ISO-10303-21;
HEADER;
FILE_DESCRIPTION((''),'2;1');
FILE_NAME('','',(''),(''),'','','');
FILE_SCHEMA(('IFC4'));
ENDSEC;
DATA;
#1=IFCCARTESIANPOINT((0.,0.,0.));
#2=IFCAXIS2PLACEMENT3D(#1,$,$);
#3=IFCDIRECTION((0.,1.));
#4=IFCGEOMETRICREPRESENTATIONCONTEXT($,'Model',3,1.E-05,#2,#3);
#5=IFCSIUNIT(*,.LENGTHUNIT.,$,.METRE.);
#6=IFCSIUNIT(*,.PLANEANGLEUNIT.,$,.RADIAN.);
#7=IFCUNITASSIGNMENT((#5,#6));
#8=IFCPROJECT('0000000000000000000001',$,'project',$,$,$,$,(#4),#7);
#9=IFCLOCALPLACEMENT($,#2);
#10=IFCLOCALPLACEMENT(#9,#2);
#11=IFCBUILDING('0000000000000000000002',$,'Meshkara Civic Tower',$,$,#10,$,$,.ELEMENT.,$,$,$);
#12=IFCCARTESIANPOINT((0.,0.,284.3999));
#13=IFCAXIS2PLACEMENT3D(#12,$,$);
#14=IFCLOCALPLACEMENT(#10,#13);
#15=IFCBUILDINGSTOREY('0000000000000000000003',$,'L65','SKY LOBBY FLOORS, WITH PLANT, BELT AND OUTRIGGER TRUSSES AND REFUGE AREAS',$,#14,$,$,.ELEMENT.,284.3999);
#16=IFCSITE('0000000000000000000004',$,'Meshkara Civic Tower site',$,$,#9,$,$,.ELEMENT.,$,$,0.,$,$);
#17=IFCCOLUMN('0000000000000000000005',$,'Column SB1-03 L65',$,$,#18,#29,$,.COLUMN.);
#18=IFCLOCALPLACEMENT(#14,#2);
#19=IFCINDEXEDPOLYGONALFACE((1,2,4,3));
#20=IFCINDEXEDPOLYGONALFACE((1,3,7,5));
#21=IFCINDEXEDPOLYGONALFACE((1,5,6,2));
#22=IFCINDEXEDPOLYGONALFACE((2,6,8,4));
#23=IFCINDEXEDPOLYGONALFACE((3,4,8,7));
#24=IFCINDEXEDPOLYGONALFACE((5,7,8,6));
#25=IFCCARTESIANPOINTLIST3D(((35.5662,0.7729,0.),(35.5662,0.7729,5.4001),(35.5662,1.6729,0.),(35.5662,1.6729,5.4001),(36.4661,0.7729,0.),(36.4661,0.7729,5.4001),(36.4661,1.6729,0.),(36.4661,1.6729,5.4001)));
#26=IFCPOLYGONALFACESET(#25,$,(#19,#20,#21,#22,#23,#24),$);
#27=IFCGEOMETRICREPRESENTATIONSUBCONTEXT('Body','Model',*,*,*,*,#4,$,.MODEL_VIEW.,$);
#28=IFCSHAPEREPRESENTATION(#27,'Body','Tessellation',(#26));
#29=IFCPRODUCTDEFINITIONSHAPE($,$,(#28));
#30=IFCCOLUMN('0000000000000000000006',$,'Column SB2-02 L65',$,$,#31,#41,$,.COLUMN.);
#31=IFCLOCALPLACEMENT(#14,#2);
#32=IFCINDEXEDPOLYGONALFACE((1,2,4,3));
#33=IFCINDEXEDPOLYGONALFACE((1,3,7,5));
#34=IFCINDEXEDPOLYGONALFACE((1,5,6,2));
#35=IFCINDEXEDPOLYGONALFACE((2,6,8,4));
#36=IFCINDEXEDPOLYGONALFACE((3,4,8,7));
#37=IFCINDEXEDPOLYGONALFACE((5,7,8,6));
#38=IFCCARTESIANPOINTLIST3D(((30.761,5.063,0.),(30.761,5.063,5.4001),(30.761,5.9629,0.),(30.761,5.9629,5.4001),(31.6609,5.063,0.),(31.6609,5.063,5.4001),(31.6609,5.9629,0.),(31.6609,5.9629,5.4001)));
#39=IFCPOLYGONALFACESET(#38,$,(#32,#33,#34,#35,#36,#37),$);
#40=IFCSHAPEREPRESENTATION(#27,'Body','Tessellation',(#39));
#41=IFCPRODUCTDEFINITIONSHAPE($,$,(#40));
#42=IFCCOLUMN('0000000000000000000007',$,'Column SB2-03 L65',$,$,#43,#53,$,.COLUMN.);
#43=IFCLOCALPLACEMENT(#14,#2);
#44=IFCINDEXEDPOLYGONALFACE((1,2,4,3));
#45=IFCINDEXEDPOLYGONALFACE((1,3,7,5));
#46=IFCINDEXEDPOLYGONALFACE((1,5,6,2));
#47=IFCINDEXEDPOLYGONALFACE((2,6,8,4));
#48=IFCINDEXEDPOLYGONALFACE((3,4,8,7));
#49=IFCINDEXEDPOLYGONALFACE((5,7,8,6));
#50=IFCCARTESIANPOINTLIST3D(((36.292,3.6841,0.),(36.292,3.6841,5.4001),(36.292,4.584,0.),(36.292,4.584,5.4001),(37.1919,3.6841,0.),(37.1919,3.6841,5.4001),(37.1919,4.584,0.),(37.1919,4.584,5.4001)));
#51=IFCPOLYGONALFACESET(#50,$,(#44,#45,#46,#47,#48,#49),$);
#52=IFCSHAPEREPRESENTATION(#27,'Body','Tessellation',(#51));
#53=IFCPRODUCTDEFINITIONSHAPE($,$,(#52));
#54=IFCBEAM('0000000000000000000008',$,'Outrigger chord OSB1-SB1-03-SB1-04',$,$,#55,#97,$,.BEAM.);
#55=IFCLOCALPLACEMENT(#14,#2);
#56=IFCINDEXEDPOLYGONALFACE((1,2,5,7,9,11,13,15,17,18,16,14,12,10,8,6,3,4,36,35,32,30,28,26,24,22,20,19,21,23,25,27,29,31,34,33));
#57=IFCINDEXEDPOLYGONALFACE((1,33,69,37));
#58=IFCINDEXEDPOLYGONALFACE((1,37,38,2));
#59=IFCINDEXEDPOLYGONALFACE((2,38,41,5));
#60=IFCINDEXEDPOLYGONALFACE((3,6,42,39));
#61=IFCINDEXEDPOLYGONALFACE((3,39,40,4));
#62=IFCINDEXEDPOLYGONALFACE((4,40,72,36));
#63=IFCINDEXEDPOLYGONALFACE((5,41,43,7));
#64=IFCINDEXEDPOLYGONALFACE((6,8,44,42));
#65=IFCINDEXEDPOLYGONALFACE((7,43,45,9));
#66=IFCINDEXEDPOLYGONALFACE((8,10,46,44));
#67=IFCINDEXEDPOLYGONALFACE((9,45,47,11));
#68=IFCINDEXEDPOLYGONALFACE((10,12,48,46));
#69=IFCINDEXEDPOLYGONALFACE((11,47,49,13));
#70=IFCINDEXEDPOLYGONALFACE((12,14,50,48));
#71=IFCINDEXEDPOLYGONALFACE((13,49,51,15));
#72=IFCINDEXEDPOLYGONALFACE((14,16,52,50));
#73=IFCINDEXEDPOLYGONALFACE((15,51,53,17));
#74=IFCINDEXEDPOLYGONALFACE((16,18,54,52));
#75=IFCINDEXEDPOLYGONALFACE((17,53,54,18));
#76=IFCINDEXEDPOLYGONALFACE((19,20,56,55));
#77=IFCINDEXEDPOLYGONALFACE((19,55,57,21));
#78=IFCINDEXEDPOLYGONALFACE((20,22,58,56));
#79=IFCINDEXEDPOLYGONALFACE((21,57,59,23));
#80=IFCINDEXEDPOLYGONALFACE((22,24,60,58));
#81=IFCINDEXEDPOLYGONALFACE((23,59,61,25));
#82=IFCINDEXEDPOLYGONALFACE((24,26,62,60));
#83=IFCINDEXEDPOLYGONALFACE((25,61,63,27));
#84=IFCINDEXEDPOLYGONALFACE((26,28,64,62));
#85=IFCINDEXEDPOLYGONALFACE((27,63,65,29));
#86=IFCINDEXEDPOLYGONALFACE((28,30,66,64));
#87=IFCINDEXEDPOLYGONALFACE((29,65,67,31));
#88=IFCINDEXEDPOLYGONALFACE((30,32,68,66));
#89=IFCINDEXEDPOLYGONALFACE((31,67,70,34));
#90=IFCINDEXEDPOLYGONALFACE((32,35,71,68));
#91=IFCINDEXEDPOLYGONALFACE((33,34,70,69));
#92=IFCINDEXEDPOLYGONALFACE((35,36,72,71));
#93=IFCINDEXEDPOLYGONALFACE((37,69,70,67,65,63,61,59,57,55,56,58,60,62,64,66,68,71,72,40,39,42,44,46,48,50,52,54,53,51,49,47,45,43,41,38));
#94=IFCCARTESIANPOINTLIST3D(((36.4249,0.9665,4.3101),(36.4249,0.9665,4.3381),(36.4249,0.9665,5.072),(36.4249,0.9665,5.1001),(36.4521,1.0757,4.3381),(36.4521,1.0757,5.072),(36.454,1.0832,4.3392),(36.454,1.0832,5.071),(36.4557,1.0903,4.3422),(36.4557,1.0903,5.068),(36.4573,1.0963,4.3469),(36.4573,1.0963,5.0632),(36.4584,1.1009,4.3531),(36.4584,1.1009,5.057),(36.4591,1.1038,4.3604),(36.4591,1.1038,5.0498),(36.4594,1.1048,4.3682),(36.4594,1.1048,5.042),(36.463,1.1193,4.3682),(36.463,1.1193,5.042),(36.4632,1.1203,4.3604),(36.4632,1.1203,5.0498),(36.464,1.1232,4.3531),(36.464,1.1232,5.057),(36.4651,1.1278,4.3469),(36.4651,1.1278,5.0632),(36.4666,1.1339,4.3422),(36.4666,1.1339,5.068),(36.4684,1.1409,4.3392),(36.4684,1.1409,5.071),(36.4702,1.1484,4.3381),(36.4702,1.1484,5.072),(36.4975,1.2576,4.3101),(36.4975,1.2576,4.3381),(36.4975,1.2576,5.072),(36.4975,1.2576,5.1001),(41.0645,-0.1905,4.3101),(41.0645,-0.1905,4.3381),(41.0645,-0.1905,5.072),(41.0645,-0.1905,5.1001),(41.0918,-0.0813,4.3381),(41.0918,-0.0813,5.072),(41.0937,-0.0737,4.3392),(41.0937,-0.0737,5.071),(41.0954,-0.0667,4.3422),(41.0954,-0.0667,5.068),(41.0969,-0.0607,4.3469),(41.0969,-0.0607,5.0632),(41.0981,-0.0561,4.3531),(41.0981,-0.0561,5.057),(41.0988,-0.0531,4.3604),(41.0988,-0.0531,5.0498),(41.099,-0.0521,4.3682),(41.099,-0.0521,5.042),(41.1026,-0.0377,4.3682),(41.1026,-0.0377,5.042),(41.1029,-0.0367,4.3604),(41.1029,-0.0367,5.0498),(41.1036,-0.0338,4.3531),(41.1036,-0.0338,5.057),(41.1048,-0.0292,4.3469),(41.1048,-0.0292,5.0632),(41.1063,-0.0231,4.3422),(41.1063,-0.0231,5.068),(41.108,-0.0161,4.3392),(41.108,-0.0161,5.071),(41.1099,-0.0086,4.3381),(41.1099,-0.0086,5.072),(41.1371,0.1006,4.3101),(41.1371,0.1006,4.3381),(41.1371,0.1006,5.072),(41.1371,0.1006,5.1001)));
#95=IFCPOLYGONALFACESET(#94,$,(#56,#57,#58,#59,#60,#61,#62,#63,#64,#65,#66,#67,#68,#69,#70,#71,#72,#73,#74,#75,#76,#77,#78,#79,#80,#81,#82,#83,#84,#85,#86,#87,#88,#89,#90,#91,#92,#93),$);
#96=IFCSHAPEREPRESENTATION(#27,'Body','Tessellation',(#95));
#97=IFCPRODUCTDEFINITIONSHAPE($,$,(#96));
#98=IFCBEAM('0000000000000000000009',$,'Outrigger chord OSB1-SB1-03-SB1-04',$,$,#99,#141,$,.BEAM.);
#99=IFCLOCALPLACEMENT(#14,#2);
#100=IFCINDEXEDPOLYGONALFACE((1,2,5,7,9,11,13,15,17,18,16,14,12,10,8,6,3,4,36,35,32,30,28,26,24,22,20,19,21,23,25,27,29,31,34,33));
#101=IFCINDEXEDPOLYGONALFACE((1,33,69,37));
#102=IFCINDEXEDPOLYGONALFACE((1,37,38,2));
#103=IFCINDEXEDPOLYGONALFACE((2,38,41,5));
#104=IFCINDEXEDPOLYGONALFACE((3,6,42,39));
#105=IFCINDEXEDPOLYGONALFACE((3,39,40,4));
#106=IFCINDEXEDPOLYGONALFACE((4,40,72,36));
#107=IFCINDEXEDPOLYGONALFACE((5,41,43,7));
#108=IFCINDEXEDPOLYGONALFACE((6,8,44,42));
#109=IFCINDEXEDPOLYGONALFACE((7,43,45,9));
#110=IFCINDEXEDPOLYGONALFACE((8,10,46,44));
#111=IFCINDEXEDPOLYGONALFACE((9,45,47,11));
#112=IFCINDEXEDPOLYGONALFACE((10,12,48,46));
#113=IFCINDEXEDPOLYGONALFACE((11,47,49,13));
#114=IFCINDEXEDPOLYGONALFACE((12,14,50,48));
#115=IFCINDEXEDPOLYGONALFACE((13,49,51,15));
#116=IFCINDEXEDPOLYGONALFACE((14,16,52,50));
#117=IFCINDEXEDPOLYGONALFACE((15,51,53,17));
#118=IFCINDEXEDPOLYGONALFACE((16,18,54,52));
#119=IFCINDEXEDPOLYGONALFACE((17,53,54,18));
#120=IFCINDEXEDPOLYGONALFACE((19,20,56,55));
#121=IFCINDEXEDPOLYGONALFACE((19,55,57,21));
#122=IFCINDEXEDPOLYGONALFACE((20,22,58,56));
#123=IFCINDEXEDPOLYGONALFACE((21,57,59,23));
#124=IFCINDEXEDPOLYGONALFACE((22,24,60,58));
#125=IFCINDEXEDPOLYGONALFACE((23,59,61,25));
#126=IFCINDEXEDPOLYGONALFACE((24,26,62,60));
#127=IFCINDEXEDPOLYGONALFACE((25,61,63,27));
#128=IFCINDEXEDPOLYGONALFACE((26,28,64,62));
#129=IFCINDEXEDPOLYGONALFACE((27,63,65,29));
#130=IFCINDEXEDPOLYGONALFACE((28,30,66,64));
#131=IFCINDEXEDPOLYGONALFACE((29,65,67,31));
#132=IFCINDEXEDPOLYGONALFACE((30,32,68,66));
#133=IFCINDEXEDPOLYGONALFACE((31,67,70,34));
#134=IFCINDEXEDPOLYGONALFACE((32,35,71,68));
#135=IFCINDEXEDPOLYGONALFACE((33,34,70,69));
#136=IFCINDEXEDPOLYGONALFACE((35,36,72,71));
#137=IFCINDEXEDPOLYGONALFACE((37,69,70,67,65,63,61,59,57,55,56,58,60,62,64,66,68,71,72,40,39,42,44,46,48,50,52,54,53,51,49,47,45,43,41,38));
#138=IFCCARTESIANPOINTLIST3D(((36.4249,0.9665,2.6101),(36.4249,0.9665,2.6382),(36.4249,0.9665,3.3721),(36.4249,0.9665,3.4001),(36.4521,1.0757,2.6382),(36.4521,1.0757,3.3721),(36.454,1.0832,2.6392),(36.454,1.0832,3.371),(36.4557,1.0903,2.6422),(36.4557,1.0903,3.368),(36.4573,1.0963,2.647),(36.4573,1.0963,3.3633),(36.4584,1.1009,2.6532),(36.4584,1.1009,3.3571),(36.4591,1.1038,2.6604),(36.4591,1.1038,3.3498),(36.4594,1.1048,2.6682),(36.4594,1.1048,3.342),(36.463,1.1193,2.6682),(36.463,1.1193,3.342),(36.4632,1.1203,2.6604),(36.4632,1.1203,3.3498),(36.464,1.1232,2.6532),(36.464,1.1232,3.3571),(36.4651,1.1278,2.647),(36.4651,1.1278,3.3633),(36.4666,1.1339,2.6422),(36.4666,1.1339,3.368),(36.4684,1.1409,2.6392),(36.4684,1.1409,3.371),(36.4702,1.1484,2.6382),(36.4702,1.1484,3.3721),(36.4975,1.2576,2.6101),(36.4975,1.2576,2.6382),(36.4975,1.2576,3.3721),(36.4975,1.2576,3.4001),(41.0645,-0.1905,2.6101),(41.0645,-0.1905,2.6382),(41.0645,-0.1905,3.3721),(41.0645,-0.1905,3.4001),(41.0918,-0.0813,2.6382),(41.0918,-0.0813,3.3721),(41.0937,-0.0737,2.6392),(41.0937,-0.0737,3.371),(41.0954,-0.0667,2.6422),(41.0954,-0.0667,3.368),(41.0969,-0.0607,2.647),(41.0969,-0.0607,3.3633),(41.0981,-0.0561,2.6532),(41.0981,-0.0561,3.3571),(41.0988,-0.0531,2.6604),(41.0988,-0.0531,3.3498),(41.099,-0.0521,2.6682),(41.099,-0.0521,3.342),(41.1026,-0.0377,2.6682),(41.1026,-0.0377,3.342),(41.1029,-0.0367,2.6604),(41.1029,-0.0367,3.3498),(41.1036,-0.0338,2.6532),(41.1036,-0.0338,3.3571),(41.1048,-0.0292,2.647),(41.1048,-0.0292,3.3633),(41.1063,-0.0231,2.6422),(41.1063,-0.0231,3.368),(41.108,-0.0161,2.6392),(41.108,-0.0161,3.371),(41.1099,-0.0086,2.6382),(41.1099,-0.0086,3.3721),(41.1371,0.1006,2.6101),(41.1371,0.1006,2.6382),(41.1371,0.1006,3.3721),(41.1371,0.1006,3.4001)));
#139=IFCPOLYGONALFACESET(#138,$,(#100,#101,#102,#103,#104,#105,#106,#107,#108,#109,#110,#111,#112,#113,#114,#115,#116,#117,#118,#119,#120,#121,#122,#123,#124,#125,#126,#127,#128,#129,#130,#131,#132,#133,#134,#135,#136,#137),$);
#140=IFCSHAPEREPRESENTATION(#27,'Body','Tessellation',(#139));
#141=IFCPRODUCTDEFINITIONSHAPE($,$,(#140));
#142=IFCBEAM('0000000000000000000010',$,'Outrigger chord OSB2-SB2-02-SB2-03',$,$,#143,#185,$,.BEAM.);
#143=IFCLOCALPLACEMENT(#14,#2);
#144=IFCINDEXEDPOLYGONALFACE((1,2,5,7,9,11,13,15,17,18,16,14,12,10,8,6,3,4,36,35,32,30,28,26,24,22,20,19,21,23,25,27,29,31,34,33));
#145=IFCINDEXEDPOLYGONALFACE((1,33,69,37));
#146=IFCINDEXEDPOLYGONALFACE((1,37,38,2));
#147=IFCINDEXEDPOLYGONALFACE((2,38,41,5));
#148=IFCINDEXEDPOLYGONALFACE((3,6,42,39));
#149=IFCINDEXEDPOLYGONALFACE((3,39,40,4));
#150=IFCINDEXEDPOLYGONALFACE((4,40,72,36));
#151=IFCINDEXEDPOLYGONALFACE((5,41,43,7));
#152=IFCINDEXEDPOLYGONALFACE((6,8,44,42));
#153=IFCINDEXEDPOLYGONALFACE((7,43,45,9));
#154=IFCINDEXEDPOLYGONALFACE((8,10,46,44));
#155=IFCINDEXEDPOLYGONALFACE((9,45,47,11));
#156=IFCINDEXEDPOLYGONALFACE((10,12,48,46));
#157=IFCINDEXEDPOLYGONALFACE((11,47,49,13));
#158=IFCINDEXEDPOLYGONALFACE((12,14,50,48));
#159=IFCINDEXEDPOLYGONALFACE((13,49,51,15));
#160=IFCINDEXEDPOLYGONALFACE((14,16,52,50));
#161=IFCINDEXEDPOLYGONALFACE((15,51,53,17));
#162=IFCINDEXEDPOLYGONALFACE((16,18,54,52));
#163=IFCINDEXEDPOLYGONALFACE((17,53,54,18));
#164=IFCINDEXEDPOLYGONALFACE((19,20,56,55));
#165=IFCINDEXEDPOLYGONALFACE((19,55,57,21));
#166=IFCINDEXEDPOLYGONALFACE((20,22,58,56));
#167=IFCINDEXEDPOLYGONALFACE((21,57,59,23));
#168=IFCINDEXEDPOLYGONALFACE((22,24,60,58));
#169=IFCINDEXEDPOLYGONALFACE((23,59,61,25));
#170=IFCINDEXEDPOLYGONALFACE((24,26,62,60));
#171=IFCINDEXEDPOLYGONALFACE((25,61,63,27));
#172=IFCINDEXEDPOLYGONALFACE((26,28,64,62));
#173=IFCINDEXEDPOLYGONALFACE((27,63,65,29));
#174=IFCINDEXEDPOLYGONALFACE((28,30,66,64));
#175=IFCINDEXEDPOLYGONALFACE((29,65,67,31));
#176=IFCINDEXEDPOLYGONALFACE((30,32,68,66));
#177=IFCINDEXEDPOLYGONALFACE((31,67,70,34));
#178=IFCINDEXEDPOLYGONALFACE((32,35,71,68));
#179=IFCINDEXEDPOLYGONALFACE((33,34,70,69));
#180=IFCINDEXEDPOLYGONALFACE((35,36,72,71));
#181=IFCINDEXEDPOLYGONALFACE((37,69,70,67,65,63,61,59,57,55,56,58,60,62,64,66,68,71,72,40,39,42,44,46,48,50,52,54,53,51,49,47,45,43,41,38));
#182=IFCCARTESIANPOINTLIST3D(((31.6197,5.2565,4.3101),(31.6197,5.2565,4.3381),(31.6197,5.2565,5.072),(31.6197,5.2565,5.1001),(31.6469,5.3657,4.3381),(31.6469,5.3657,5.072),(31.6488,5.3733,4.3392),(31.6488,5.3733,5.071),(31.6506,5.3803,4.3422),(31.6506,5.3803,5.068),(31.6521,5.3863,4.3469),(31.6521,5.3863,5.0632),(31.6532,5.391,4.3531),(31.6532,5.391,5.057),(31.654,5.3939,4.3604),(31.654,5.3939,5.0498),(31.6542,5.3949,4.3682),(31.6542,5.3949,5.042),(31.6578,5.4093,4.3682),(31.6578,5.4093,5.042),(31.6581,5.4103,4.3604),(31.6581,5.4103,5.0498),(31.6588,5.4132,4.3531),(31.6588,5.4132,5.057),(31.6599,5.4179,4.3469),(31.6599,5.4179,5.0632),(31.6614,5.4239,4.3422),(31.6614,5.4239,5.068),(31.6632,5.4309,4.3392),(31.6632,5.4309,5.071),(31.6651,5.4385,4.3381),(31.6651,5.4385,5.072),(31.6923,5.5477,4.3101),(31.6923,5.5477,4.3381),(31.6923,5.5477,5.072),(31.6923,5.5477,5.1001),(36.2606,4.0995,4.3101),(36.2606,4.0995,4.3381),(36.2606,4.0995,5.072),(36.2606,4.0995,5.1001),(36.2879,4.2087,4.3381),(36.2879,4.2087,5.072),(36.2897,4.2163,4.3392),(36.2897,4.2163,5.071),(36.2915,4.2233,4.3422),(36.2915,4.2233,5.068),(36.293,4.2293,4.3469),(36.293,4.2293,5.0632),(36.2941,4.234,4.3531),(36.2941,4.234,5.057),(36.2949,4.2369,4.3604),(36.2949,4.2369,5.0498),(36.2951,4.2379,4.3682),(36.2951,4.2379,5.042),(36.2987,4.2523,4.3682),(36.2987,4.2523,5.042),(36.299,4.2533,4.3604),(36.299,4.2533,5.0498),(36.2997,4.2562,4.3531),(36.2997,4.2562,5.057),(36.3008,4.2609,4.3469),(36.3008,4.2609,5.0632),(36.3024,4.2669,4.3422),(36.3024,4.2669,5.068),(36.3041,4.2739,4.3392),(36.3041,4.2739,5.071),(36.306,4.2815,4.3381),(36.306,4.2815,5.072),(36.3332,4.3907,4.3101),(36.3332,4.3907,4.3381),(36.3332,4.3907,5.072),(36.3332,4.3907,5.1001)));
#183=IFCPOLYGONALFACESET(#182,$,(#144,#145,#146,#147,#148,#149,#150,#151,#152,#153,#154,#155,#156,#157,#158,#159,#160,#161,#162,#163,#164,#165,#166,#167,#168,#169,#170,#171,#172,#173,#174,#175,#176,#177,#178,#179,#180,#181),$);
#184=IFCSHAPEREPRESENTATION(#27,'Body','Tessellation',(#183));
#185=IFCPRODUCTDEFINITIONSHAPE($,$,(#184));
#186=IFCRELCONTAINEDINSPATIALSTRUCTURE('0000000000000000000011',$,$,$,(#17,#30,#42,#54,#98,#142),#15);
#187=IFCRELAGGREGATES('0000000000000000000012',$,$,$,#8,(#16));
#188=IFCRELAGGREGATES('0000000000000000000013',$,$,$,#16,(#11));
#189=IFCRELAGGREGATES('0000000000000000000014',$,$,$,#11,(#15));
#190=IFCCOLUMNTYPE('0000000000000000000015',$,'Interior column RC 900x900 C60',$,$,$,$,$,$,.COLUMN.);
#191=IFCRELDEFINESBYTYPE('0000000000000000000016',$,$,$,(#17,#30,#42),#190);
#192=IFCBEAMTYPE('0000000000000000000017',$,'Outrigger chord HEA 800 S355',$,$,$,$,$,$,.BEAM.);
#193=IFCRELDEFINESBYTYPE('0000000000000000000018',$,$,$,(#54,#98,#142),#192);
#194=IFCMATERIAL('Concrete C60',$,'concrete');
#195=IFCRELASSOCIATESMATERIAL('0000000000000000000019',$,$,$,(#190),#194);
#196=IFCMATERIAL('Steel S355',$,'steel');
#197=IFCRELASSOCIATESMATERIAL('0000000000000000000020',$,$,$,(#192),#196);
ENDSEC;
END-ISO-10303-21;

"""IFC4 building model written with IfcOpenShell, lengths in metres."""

from ifc_helpers import new_model, si_unit, direction, frame, origin, origin_2d, place, context, subcontext, project, spatial, rectangle, i_section, extrude, material, material_profile, profile_set, type_object, element, save


model = new_model("IFC4")

# Units and contexts
model_context = context("Model", 3, precision=1e-05, world=origin(), true_north=direction((0.0, 1.0)))
body_context = subcontext(model_context, "Body", "Model", "MODEL_VIEW")
ifc_project = project(units=[si_unit("LENGTHUNIT", "METRE"), si_unit("PLANEANGLEUNIT", "RADIAN")], contexts=[model_context])

# Site, building, storey
site_placement = place(None, origin())
site = spatial("IfcSite", under=ifc_project, at=site_placement, Name="Meshkara Civic Tower site", CompositionType="ELEMENT", RefElevation=0.0)
building_placement = place(site_placement, origin())
building = spatial("IfcBuilding", under=site, at=building_placement, Name="Meshkara Civic Tower", CompositionType="ELEMENT")
storey_placement = place(building_placement, frame((0.0, 0.0, 284.3999)))
storey = spatial("IfcBuildingStorey", under=building, at=storey_placement, Name="L65", Description="SKY LOBBY FLOORS, WITH PLANT, BELT AND OUTRIGGER TRUSSES AND REFUGE AREAS", CompositionType="ELEMENT", Elevation=284.3999)

# Columns
ifc_material_1 = material(Name="Concrete C60", Category="concrete")
ifc_material_profile_1 = material_profile(ifc_material_1, rectangle(XDim=0.8999, YDim=0.8999, at=origin_2d()))
ifc_profile_set_1 = profile_set([ifc_material_profile_1], Name="Concrete C60")
column_type = type_object("IfcColumnType", Name="Interior column RC 900x900 C60", PredefinedType="COLUMN", material=ifc_profile_set_1)
for number, where, z_axis, x_axis, name in (
    (1, (36.0161, 1.2229, 0.0), (0.0, 0.0, 1.0), (1.0, 0.0, 0.0), "Column SB1-03 L65"),
    (2, (31.2109, 5.5129, 0.0), (0.0, 0.0, 1.0), (1.0, 0.0, 0.0), "Column SB2-02 L65"),
    (3, (36.7419, 4.134, 0.0), (0.0, 0.0, 1.0), (1.0, 0.0, 0.0), "Column SB2-03 L65"),
):
    element("IfcColumn", number, at=place(storey_placement, frame(where, z_axis=z_axis, x_axis=x_axis)), inside=storey, type_object=column_type, Name=name, PredefinedType="COLUMN", context=body_context, shape_type="SweptSolid", body=[
        extrude(rectangle(XDim=0.8999, YDim=0.8999, at=origin_2d()), origin(), (0.0, 0.0, 1.0), 5.4001),
    ])

# Beams
ifc_material_2 = material(Name="Steel S355", Category="steel")
ifc_material_profile_2 = material_profile(ifc_material_2, i_section(OverallWidth=0.3, OverallDepth=0.79, WebThickness=0.0149, FlangeThickness=0.0281, FilletRadius=0.03, at=origin_2d()))
ifc_profile_set_2 = profile_set([ifc_material_profile_2], Name="Steel S355")
beam_type = type_object("IfcBeamType", Name="Outrigger chord HEA 800 S355", PredefinedType="BEAM", material=ifc_profile_set_2)
for number, where, z_axis, x_axis, name in (
    (4, (36.4612, 1.1121, 4.7051), (0.970286, -0.241959, 0.0), (0.241959, 0.970286, 0.0), "Outrigger chord OSB1-SB1-03-SB1-04"),
    (5, (36.4612, 1.1121, 3.0051), (0.970286, -0.241959, 0.0), (0.241959, 0.970286, 0.0), "Outrigger chord OSB1-SB1-03-SB1-04"),
):
    element("IfcBeam", number, at=place(storey_placement, frame(where, z_axis=z_axis, x_axis=x_axis)), inside=storey, type_object=beam_type, Name=name, PredefinedType="BEAM", context=body_context, shape_type="SweptSolid", body=[
        extrude(i_section(OverallWidth=0.3, OverallDepth=0.79, WebThickness=0.0149, FlangeThickness=0.0281, FilletRadius=0.03, at=origin_2d()), origin(), (0.0, 0.0, 1.0), 4.7817),
    ])
for number, where, z_axis, x_axis, name in (
    (6, (31.656, 5.4021, 4.7051), (0.970301, -0.241899, 0.0), (0.241899, 0.970301, 0.0), "Outrigger chord OSB2-SB2-02-SB2-03"),
):
    element("IfcBeam", number, at=place(storey_placement, frame(where, z_axis=z_axis, x_axis=x_axis)), inside=storey, type_object=beam_type, Name=name, PredefinedType="BEAM", context=body_context, shape_type="SweptSolid", body=[
        extrude(i_section(OverallWidth=0.3, OverallDepth=0.79, WebThickness=0.0149, FlangeThickness=0.0281, FilletRadius=0.03, at=origin_2d()), origin(), (0.0, 0.0, 1.0), 4.783),
    ])

save(model, "model.ifc")
